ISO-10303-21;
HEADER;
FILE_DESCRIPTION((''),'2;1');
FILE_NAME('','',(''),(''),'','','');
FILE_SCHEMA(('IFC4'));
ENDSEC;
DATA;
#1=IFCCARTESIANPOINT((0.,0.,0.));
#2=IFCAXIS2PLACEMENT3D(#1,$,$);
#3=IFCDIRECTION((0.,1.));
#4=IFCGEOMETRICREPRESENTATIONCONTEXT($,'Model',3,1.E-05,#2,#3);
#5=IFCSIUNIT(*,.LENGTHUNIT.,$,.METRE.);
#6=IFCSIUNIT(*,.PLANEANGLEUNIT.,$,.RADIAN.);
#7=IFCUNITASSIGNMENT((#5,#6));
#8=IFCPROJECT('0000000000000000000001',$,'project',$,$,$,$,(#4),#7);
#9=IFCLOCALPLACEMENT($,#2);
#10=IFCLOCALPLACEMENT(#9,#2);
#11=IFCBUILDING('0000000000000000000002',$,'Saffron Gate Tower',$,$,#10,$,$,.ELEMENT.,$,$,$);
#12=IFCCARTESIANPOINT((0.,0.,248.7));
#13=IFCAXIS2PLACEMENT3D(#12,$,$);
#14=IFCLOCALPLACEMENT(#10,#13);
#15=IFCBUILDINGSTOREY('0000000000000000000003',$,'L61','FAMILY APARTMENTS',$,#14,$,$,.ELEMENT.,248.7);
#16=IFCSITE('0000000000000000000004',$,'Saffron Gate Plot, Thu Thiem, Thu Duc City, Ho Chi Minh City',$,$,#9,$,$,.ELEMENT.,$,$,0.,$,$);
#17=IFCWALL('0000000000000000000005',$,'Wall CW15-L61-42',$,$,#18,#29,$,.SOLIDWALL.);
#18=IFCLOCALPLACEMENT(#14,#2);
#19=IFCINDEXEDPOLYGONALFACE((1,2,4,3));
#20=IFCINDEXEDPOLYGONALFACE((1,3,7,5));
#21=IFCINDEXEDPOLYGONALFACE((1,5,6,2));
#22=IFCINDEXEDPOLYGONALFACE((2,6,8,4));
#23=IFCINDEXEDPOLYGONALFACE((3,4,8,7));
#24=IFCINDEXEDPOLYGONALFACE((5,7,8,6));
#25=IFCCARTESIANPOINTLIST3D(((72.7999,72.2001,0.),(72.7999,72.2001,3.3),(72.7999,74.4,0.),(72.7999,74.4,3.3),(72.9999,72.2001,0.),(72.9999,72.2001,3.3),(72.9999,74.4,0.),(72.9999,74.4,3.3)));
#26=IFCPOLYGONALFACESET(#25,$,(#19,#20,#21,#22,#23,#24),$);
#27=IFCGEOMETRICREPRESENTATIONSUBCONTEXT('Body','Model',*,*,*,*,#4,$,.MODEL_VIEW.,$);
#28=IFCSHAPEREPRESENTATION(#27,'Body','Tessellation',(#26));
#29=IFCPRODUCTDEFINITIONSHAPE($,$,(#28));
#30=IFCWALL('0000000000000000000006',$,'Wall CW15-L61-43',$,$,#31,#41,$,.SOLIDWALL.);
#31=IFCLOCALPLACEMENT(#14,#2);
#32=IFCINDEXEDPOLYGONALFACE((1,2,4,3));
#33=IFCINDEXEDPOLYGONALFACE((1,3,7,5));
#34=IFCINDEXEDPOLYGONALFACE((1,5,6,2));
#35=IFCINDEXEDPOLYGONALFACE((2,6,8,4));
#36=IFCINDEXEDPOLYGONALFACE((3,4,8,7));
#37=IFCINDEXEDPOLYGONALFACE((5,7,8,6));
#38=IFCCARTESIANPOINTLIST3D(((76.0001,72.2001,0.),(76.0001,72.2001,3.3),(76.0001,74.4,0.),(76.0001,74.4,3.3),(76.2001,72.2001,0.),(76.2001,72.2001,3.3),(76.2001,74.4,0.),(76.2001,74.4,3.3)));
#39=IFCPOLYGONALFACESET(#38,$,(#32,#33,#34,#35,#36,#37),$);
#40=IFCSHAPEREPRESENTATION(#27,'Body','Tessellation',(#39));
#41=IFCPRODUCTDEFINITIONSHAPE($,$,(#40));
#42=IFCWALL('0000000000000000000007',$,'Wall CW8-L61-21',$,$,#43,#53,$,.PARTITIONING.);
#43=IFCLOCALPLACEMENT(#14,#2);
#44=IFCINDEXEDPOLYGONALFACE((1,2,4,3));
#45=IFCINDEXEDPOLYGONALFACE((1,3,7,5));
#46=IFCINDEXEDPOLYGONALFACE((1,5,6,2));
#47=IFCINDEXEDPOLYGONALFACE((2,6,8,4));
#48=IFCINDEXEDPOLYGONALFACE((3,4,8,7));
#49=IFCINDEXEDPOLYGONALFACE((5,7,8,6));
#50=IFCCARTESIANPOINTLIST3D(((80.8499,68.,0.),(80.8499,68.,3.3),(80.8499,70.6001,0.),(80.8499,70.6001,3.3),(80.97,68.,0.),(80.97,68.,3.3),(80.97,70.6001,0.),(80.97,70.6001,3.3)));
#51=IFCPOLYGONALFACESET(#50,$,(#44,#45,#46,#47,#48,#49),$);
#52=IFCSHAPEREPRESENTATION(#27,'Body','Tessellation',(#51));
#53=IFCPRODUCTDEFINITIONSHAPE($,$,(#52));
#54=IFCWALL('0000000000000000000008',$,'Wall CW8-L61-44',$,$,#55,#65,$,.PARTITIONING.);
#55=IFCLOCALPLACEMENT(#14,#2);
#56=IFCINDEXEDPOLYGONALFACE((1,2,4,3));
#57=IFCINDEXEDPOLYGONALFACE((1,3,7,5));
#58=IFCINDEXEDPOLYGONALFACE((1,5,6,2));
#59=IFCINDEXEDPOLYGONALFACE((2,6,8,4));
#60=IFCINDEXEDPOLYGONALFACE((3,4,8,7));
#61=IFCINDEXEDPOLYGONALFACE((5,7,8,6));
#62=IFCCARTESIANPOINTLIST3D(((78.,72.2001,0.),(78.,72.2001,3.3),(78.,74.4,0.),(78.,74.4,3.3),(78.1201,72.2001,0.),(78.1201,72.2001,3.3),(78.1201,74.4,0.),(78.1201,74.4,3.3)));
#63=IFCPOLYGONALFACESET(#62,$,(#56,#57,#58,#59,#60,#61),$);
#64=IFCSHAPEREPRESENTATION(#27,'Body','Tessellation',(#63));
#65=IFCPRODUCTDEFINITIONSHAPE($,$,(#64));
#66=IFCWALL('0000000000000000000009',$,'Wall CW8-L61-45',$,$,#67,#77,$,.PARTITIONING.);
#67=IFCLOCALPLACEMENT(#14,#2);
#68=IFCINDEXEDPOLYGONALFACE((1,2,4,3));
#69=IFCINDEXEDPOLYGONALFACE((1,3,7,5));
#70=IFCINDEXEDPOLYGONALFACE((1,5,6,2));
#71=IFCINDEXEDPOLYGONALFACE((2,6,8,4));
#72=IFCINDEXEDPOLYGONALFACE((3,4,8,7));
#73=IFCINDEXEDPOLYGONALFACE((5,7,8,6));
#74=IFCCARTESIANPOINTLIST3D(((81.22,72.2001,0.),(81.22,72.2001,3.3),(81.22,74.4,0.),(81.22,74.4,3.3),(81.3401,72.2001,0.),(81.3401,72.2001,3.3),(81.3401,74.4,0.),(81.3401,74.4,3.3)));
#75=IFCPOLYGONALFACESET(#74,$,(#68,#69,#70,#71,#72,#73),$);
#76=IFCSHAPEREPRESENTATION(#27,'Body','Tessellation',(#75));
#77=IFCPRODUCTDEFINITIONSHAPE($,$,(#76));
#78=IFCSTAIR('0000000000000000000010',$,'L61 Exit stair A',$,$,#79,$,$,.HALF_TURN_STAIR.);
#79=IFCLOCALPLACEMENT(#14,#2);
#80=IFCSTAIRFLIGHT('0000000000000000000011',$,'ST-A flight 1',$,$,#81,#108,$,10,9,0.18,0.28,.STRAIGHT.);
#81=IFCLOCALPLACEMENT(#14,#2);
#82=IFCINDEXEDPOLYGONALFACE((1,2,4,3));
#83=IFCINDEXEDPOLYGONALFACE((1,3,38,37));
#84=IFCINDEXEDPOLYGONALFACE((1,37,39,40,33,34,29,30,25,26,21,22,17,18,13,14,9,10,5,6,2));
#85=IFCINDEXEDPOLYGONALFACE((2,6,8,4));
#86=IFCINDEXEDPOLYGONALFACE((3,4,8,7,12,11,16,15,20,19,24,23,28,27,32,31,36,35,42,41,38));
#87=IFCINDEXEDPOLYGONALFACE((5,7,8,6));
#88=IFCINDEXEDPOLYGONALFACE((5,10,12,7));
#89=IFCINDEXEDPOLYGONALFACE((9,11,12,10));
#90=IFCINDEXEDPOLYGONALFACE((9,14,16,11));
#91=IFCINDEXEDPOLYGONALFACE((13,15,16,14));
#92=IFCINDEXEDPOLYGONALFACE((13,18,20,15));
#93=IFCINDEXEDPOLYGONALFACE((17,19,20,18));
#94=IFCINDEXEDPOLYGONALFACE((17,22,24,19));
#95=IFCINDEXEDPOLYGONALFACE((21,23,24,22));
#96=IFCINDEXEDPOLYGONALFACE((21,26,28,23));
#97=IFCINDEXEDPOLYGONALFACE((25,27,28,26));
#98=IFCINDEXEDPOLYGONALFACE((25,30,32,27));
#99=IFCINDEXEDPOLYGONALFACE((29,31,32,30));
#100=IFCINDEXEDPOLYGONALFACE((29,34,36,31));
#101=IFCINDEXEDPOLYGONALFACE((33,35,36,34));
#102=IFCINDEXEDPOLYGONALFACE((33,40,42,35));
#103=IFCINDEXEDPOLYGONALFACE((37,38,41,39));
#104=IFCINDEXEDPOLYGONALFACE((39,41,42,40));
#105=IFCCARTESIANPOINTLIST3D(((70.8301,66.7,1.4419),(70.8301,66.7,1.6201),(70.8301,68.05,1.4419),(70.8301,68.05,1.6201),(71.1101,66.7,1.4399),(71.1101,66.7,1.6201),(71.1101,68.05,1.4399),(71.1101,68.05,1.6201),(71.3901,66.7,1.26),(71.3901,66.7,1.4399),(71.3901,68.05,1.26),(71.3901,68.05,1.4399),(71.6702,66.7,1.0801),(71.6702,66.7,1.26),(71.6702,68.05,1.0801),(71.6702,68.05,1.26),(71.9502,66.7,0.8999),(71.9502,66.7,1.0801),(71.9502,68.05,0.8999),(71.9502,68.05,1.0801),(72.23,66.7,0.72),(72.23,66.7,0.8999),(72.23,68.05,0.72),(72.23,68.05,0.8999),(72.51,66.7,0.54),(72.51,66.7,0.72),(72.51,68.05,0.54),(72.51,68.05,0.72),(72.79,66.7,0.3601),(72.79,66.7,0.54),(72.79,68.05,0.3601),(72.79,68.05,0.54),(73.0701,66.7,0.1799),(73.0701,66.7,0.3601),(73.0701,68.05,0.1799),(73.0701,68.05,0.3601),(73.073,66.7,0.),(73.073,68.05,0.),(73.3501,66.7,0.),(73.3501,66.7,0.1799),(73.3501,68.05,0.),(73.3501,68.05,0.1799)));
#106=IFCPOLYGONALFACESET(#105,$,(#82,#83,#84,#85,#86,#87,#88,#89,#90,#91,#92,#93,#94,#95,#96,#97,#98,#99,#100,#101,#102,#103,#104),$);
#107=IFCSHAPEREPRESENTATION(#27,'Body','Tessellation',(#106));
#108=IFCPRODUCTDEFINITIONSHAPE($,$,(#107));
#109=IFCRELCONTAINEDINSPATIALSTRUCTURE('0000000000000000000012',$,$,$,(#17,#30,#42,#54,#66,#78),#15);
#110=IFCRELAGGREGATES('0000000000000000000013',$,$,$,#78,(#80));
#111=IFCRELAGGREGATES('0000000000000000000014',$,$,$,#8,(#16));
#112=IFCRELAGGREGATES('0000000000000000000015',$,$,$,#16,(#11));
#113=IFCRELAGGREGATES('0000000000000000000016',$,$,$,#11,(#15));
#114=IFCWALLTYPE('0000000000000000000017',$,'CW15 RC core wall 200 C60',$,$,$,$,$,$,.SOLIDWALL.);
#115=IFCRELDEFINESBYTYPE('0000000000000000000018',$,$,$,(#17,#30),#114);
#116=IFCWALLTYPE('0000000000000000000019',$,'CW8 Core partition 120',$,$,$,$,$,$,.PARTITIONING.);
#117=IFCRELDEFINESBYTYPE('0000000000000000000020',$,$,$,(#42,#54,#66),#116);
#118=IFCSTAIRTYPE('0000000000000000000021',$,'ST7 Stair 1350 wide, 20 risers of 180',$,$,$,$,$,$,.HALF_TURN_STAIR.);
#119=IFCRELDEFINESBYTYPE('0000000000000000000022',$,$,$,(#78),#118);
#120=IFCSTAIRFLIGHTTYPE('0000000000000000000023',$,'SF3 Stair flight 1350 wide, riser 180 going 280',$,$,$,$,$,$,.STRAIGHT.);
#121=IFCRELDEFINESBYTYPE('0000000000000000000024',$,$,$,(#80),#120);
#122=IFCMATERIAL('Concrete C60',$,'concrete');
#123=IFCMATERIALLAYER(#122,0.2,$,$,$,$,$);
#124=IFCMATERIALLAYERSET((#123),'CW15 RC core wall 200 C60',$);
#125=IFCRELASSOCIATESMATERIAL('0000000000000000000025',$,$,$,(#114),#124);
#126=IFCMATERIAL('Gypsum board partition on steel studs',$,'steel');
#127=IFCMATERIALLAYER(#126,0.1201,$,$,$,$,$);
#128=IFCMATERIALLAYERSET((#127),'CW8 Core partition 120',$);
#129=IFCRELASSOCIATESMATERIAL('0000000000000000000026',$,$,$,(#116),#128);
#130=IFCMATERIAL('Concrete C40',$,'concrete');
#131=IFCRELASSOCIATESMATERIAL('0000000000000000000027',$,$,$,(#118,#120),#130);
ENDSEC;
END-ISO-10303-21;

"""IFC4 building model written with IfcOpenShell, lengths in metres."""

from ifc_helpers import new_model, si_unit, direction, frame, frame_2d, origin, place, context, subcontext, project, spatial, polyline, rectangle, outline, extrude, material, layer, layer_set, type_object, element, aggregate, save


model = new_model("IFC4")

# Units and contexts
model_context = context("Model", 3, precision=1e-05, world=origin(), true_north=direction((0.0, 1.0)))
body_context = subcontext(model_context, "Body", "Model", "MODEL_VIEW")
ifc_project = project(units=[si_unit("LENGTHUNIT", "METRE"), si_unit("PLANEANGLEUNIT", "RADIAN")], contexts=[model_context])

# Site, building, storey
site_placement = place(None, origin())
site = spatial("IfcSite", under=ifc_project, at=site_placement, Name="Saffron Gate Plot, Thu Thiem, Thu Duc City, Ho Chi Minh City", CompositionType="ELEMENT", RefElevation=0.0)
building_placement = place(site_placement, origin())
building = spatial("IfcBuilding", under=site, at=building_placement, Name="Saffron Gate Tower", CompositionType="ELEMENT")
storey_placement = place(building_placement, frame((0.0, 0.0, 248.7)))
storey = spatial("IfcBuildingStorey", under=building, at=storey_placement, Name="L61", Description="FAMILY APARTMENTS", CompositionType="ELEMENT", Elevation=248.7)

# Shared definitions
ifc_material_1 = material(Name="Concrete C60", Category="concrete")

# Shared definitions
ifc_layer_1 = layer(ifc_material_1, 0.2)
ifc_layer_set_1 = layer_set([ifc_layer_1], Name="CW15 RC core wall 200 C60")
wall_type_1 = type_object("IfcWallType", Name="CW15 RC core wall 200 C60", PredefinedType="SOLIDWALL", material=ifc_layer_set_1)

# Walls
for number, where, z_axis, x_axis, name in (
    (1, (72.8999, 72.2, 0.0), (0.0, 0.0, 1.0), (0.0, 1.0, 0.0), "Wall CW15-L61-42"),
    (2, (76.1001, 72.2, 0.0), (0.0, 0.0, 1.0), (0.0, 1.0, 0.0), "Wall CW15-L61-43"),
):
    element("IfcWall", number, at=place(storey_placement, frame(where, z_axis=z_axis, x_axis=x_axis)), inside=storey, type_object=wall_type_1, Name=name, PredefinedType="SOLIDWALL", context=body_context, shape_type="SweptSolid", body=[
        extrude(rectangle(XDim=2.2, YDim=0.2, at=frame_2d((1.1001, 0.0))), origin(), (0.0, 0.0, 1.0), 3.3),
    ])
ifc_material_2 = material(Name="Gypsum board partition on steel studs", Category="steel")
ifc_layer_2 = layer(ifc_material_2, 0.1201)
ifc_layer_set_2 = layer_set([ifc_layer_2], Name="CW8 Core partition 120")
wall_type_2 = type_object("IfcWallType", Name="CW8 Core partition 120", PredefinedType="PARTITIONING", material=ifc_layer_set_2)
wall_1_placement = place(storey_placement, frame((80.9099, 68.0, 0.0), z_axis=(0.0, 0.0, 1.0), x_axis=(0.0, 1.0, 0.0)))
element("IfcWall", 3, at=wall_1_placement, inside=storey, type_object=wall_type_2, Name="Wall CW8-L61-21", PredefinedType="PARTITIONING", context=body_context, shape_type="SweptSolid", body=[
    extrude(rectangle(XDim=2.6001, YDim=0.1201, at=frame_2d((1.3, 0.0))), origin(), (0.0, 0.0, 1.0), 3.3),
])
for number, where, z_axis, x_axis, name in (
    (4, (78.0601, 72.2, 0.0), (0.0, 0.0, 1.0), (0.0, 1.0, 0.0), "Wall CW8-L61-44"),
    (5, (81.28, 72.2, 0.0), (0.0, 0.0, 1.0), (0.0, 1.0, 0.0), "Wall CW8-L61-45"),
):
    element("IfcWall", number, at=place(storey_placement, frame(where, z_axis=z_axis, x_axis=x_axis)), inside=storey, type_object=wall_type_2, Name=name, PredefinedType="PARTITIONING", context=body_context, shape_type="SweptSolid", body=[
        extrude(rectangle(XDim=2.2, YDim=0.1201, at=frame_2d((1.1001, 0.0))), origin(), (0.0, 0.0, 1.0), 3.3),
    ])

# Stair, stair flight
ifc_material_3 = material(Name="Concrete C40", Category="concrete")
stair_type = type_object("IfcStairType", Name="ST7 Stair 1350 wide, 20 risers of 180", PredefinedType="HALF_TURN_STAIR", material=ifc_material_3)
stair_placement = place(storey_placement, origin())
stair = element("IfcStair", 6, at=stair_placement, inside=storey, type_object=stair_type, Name="L61 Exit stair A", PredefinedType="HALF_TURN_STAIR")
stair_flight_type = type_object("IfcStairFlightType", Name="SF3 Stair flight 1350 wide, riser 180 going 280", PredefinedType="STRAIGHT", material=ifc_material_3)
stair_flight_placement = place(storey_placement, frame((73.3501, 67.375, 0.0), z_axis=(0.0, 0.0, 1.0), x_axis=(-1.0, 0.0, 0.0)))
stair_flight = element("IfcStairFlight", 7, at=stair_flight_placement, type_object=stair_flight_type, Name="ST-A flight 1", NumberOfRisers=10, NumberOfTreads=9, PredefinedType="STRAIGHT", RiserHeight=0.18, TreadLength=0.28, context=body_context, shape_type="SweptSolid", body=[
    extrude(outline(polyline([(0.0, 0.0), (0.0, 0.1799), (0.28, 0.1799), (0.28, 0.3601), (0.5601, 0.3601), (0.5601, 0.54), (0.8401, 0.54), (0.8401, 0.72), (1.1201, 0.72), (1.1201, 0.8999), (1.3999, 0.8999), (1.3999, 1.0801), (1.6799, 1.0801), (1.6799, 1.26), (1.96, 1.26), (1.96, 1.4399), (2.24, 1.4399), (2.24, 1.6201), (2.52, 1.6201), (2.52, 1.8), (2.52, 1.4419), (0.2771, 0.0), (0.0, 0.0)])), frame((0.0, 0.675, 0.0), z_axis=(0.0, -1.0, 0.0), x_axis=(1.0, 0.0, 0.0)), (0.0, 0.0, 1.0), 1.3501),
])
aggregate(stair, [stair_flight])

save(model, "model.ifc")
